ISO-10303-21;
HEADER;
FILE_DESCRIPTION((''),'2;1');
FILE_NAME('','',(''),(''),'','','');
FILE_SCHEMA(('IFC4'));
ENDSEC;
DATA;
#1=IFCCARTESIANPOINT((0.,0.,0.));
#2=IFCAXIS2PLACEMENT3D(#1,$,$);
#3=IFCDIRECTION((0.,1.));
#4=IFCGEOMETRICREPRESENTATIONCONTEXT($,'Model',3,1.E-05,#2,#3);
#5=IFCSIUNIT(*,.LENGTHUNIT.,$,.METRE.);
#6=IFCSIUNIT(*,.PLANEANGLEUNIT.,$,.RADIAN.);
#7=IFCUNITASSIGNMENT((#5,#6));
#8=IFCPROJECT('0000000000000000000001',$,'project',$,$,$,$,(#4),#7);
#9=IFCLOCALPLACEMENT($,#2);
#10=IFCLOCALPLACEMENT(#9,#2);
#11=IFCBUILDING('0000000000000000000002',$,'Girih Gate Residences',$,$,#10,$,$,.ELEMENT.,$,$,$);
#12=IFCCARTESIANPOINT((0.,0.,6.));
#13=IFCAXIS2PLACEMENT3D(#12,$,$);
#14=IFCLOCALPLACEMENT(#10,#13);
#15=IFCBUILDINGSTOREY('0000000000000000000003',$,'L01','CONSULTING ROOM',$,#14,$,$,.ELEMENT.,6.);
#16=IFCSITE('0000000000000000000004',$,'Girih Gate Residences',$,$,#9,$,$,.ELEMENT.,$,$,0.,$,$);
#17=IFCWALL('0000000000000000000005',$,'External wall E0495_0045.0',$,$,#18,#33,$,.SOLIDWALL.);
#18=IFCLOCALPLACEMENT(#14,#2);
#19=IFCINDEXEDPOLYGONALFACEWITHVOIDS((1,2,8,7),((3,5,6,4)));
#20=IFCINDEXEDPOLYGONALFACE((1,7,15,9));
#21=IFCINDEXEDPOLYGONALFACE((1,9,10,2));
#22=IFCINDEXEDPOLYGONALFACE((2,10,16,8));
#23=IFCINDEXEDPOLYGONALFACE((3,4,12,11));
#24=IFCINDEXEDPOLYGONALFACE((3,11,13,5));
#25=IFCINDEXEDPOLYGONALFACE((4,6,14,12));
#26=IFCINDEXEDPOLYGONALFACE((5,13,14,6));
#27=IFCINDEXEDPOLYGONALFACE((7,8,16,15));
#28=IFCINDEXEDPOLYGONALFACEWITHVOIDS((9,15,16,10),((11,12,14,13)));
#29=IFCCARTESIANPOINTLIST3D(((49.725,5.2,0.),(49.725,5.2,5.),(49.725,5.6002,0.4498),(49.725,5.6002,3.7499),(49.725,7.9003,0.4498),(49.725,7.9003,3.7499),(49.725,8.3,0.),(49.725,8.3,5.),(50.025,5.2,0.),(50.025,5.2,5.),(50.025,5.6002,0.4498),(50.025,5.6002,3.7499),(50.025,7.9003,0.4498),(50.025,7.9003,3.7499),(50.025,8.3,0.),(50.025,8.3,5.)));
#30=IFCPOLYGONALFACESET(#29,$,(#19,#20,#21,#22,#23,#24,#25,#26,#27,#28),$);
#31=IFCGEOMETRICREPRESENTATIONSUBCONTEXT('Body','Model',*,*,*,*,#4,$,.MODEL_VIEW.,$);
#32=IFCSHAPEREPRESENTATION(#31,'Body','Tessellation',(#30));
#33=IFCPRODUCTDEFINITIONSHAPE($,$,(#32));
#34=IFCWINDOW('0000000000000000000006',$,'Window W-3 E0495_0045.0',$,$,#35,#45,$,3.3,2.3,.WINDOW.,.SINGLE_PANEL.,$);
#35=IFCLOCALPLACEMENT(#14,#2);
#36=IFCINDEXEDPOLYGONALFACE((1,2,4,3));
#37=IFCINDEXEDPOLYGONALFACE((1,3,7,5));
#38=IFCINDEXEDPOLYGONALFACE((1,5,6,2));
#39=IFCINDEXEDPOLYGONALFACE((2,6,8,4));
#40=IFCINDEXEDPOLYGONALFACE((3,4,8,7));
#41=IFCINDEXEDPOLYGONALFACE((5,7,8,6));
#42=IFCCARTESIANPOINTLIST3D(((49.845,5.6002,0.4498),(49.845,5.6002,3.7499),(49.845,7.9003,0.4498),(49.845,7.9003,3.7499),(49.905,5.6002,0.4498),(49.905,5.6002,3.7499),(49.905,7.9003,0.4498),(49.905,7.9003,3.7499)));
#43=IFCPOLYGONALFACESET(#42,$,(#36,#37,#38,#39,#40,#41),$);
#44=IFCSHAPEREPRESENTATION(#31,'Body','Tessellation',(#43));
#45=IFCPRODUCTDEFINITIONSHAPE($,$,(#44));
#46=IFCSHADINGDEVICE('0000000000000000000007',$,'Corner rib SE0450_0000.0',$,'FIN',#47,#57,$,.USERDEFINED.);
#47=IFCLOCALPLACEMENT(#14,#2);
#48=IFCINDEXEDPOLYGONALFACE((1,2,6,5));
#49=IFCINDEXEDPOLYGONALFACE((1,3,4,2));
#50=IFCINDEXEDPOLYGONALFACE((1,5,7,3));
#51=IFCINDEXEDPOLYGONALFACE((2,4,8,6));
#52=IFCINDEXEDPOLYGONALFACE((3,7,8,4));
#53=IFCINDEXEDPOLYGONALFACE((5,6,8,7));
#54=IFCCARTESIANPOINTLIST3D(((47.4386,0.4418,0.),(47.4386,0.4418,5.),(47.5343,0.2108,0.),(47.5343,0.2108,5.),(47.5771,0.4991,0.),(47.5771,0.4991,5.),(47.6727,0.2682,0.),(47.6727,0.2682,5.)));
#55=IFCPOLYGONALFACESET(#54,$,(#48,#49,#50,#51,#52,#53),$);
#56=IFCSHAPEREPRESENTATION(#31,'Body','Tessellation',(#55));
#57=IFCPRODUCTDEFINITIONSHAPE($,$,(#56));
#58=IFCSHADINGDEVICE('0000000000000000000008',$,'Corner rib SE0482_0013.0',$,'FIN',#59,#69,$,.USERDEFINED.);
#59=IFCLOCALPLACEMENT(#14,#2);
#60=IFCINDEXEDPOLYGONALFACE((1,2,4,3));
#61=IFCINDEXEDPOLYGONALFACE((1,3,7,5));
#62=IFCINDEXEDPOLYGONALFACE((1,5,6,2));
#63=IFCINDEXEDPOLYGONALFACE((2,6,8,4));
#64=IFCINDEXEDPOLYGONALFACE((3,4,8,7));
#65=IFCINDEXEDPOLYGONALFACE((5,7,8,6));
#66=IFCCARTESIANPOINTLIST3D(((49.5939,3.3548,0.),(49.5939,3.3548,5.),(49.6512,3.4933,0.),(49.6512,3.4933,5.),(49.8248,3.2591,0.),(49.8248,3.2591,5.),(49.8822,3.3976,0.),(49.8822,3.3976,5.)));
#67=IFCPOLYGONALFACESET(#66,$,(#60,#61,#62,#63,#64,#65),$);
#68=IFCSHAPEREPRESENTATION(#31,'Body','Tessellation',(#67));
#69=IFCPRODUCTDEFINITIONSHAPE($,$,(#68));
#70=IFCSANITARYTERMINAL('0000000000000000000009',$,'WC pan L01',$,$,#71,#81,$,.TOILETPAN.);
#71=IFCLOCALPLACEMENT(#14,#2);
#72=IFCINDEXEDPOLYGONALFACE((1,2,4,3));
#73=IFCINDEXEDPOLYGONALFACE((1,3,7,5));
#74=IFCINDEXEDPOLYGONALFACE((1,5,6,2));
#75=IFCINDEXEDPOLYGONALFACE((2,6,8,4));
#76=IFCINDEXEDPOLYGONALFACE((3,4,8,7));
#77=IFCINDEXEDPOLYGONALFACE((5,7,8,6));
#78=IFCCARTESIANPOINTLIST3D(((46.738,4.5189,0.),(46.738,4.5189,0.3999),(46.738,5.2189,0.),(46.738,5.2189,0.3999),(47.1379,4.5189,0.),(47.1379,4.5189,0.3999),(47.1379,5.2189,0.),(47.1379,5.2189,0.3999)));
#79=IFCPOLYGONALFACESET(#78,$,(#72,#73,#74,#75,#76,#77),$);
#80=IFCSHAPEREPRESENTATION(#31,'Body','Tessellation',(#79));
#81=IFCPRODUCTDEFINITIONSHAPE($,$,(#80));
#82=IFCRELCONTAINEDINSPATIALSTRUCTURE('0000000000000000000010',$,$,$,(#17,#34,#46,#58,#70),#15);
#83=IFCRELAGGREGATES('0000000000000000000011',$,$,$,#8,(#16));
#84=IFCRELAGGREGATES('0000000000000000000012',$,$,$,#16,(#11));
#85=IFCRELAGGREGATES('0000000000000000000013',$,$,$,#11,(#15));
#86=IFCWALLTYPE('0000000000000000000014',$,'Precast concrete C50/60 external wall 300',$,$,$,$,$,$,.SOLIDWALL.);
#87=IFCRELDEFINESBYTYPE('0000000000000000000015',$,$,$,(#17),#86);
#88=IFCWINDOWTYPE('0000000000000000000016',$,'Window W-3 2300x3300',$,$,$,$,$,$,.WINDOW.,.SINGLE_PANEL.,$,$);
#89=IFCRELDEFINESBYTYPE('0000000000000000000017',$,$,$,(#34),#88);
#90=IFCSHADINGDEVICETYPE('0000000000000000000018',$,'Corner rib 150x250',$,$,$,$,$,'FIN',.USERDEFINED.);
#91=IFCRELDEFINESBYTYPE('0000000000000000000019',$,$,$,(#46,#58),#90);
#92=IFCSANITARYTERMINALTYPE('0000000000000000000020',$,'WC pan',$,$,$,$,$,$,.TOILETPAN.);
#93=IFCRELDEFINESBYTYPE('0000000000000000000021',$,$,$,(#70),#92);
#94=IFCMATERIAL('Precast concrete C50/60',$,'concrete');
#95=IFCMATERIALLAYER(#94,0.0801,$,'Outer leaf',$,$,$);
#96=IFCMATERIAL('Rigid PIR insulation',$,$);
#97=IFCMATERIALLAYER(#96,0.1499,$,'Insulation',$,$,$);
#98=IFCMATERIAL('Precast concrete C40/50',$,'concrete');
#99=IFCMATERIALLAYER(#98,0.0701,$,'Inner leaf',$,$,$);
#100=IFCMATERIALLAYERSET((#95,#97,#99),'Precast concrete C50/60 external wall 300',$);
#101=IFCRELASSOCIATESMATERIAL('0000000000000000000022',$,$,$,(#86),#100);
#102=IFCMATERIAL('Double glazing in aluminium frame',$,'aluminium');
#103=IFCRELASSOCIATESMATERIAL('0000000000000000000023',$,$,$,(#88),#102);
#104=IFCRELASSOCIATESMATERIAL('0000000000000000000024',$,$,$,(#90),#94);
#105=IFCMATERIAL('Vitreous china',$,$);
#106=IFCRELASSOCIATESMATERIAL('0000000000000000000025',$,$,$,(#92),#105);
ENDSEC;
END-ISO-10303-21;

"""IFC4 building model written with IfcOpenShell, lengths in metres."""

from ifc_helpers import new_model, si_unit, direction, frame, frame_2d, origin, origin_2d, place, context, subcontext, project, spatial, rectangle, extrude, material, layer, layer_set, type_object, element, fill, save


model = new_model("IFC4")

# Units and contexts
model_context = context("Model", 3, precision=1e-05, world=origin(), true_north=direction((0.0, 1.0)))
body_context = subcontext(model_context, "Body", "Model", "MODEL_VIEW")
ifc_project = project(units=[si_unit("LENGTHUNIT", "METRE"), si_unit("PLANEANGLEUNIT", "RADIAN")], contexts=[model_context])

# Site, building, storey
site_placement = place(None, origin())
site = spatial("IfcSite", under=ifc_project, at=site_placement, Name="Girih Gate Residences", CompositionType="ELEMENT", RefElevation=0.0)
building_placement = place(site_placement, origin())
building = spatial("IfcBuilding", under=site, at=building_placement, Name="Girih Gate Residences", CompositionType="ELEMENT")
storey_placement = place(building_placement, frame((0.0, 0.0, 6.0)))
storey = spatial("IfcBuildingStorey", under=building, at=storey_placement, Name="L01", Description="CONSULTING ROOM", CompositionType="ELEMENT", Elevation=6.0)

# Wall, opening, window
ifc_material_1 = material(Name="Precast concrete C50/60", Category="concrete")
ifc_layer_1 = layer(ifc_material_1, 0.0801, Name="Outer leaf")
ifc_material_2 = material(Name="Rigid PIR insulation")
ifc_layer_2 = layer(ifc_material_2, 0.1499, Name="Insulation")
ifc_material_3 = material(Name="Precast concrete C40/50", Category="concrete")
ifc_layer_3 = layer(ifc_material_3, 0.0701, Name="Inner leaf")
ifc_layer_set_1 = layer_set([ifc_layer_1, ifc_layer_2, ifc_layer_3], Name="Precast concrete C50/60 external wall 300")
wall_type_1 = type_object("IfcWallType", Name="Precast concrete C50/60 external wall 300", PredefinedType="SOLIDWALL", material=ifc_layer_set_1)
ifc_material_4 = material(Name="Double glazing in aluminium frame", Category="aluminium")
window_type_1 = type_object("IfcWindowType", Name="Window W-3 2300x3300", PartitioningType="SINGLE_PANEL", PredefinedType="WINDOW", material=ifc_material_4)
wall_1_placement = place(storey_placement, frame((49.875, 8.3, 0.0), z_axis=(0.0, 0.0, 1.0), x_axis=(0.0, -1.0, 0.0)))
wall_1 = element("IfcWall", 1, at=wall_1_placement, inside=storey, type_object=wall_type_1, Name="External wall E0495_0045.0", PredefinedType="SOLIDWALL", context=body_context, shape_type="SweptSolid", body=[
    extrude(rectangle(XDim=3.1001, YDim=0.3, at=frame_2d((1.55, 0.0))), origin(), (0.0, 0.0, 1.0), 5.0),
])
opening_1_placement = place(wall_1_placement, frame((0.3999, 0.0, 0.45)))
opening_1 = element("IfcOpeningElement", 2, at=opening_1_placement, cuts=wall_1, PredefinedType="OPENING", context=body_context, shape_type="SweptSolid", body=[
    extrude(rectangle(XDim=2.3, YDim=3.3, at=frame_2d((1.1499, 1.6499))), frame((0.0, 0.1599, 0.0), z_axis=(0.0, -1.0, 0.0), x_axis=(1.0, 0.0, 0.0)), (0.0, 0.0, 1.0), 0.3201),
])
window_1_placement = place(opening_1_placement, origin())
window_1 = element("IfcWindow", 3, at=window_1_placement, inside=storey, type_object=window_type_1, Name="Window W-3 E0495_0045.0", OverallHeight=3.3, OverallWidth=2.3, PartitioningType="SINGLE_PANEL", PredefinedType="WINDOW", context=body_context, shape_type="SweptSolid", body=[
    extrude(rectangle(XDim=2.3, YDim=3.3, at=frame_2d((1.1499, 1.6499))), frame((0.0, 0.03, 0.0), z_axis=(0.0, -1.0, 0.0), x_axis=(1.0, 0.0, 0.0)), (0.0, 0.0, 1.0), 0.0601),
])
fill(opening_1, window_1)

# Shading devices
shading_device_type = type_object("IfcShadingDeviceType", Name="Corner rib 150x250", ElementType="FIN", PredefinedType="USERDEFINED", material=ifc_material_1)
for number, where, z_axis, x_axis, name in (
    (4, (47.5557, 0.355, 0.0), (0.0, 0.0, 1.0), (0.92388, 0.382683, 0.0), "Corner rib SE0450_0000.0"),
    (5, (49.738, 3.3762, 0.0), (0.0, 0.0, 1.0), (0.382683, 0.92388, 0.0), "Corner rib SE0482_0013.0"),
):
    element("IfcShadingDevice", number, at=place(storey_placement, frame(where, z_axis=z_axis, x_axis=x_axis)), inside=storey, type_object=shading_device_type, Name=name, ObjectType="FIN", PredefinedType="USERDEFINED", context=body_context, shape_type="SweptSolid", body=[
        extrude(rectangle(XDim=0.1499, YDim=0.25, at=origin_2d()), origin(), (0.0, 0.0, 1.0), 5.0),
    ])

# Sanitary terminal
ifc_material_5 = material(Name="Vitreous china")
sanitary_terminal_type = type_object("IfcSanitaryTerminalType", Name="WC pan", PredefinedType="TOILETPAN", material=ifc_material_5)
sanitary_terminal_placement = place(storey_placement, frame((46.938, 4.8689, 0.0), z_axis=(0.0, 0.0, 1.0), x_axis=(1.0, 0.0, 0.0)))
element("IfcSanitaryTerminal", 6, at=sanitary_terminal_placement, inside=storey, type_object=sanitary_terminal_type, Name="WC pan L01", PredefinedType="TOILETPAN", context=body_context, shape_type="SweptSolid", body=[
    extrude(rectangle(XDim=0.3999, YDim=0.7, at=origin_2d()), origin(), (0.0, 0.0, 1.0), 0.3999),
])

save(model, "model.ifc")
